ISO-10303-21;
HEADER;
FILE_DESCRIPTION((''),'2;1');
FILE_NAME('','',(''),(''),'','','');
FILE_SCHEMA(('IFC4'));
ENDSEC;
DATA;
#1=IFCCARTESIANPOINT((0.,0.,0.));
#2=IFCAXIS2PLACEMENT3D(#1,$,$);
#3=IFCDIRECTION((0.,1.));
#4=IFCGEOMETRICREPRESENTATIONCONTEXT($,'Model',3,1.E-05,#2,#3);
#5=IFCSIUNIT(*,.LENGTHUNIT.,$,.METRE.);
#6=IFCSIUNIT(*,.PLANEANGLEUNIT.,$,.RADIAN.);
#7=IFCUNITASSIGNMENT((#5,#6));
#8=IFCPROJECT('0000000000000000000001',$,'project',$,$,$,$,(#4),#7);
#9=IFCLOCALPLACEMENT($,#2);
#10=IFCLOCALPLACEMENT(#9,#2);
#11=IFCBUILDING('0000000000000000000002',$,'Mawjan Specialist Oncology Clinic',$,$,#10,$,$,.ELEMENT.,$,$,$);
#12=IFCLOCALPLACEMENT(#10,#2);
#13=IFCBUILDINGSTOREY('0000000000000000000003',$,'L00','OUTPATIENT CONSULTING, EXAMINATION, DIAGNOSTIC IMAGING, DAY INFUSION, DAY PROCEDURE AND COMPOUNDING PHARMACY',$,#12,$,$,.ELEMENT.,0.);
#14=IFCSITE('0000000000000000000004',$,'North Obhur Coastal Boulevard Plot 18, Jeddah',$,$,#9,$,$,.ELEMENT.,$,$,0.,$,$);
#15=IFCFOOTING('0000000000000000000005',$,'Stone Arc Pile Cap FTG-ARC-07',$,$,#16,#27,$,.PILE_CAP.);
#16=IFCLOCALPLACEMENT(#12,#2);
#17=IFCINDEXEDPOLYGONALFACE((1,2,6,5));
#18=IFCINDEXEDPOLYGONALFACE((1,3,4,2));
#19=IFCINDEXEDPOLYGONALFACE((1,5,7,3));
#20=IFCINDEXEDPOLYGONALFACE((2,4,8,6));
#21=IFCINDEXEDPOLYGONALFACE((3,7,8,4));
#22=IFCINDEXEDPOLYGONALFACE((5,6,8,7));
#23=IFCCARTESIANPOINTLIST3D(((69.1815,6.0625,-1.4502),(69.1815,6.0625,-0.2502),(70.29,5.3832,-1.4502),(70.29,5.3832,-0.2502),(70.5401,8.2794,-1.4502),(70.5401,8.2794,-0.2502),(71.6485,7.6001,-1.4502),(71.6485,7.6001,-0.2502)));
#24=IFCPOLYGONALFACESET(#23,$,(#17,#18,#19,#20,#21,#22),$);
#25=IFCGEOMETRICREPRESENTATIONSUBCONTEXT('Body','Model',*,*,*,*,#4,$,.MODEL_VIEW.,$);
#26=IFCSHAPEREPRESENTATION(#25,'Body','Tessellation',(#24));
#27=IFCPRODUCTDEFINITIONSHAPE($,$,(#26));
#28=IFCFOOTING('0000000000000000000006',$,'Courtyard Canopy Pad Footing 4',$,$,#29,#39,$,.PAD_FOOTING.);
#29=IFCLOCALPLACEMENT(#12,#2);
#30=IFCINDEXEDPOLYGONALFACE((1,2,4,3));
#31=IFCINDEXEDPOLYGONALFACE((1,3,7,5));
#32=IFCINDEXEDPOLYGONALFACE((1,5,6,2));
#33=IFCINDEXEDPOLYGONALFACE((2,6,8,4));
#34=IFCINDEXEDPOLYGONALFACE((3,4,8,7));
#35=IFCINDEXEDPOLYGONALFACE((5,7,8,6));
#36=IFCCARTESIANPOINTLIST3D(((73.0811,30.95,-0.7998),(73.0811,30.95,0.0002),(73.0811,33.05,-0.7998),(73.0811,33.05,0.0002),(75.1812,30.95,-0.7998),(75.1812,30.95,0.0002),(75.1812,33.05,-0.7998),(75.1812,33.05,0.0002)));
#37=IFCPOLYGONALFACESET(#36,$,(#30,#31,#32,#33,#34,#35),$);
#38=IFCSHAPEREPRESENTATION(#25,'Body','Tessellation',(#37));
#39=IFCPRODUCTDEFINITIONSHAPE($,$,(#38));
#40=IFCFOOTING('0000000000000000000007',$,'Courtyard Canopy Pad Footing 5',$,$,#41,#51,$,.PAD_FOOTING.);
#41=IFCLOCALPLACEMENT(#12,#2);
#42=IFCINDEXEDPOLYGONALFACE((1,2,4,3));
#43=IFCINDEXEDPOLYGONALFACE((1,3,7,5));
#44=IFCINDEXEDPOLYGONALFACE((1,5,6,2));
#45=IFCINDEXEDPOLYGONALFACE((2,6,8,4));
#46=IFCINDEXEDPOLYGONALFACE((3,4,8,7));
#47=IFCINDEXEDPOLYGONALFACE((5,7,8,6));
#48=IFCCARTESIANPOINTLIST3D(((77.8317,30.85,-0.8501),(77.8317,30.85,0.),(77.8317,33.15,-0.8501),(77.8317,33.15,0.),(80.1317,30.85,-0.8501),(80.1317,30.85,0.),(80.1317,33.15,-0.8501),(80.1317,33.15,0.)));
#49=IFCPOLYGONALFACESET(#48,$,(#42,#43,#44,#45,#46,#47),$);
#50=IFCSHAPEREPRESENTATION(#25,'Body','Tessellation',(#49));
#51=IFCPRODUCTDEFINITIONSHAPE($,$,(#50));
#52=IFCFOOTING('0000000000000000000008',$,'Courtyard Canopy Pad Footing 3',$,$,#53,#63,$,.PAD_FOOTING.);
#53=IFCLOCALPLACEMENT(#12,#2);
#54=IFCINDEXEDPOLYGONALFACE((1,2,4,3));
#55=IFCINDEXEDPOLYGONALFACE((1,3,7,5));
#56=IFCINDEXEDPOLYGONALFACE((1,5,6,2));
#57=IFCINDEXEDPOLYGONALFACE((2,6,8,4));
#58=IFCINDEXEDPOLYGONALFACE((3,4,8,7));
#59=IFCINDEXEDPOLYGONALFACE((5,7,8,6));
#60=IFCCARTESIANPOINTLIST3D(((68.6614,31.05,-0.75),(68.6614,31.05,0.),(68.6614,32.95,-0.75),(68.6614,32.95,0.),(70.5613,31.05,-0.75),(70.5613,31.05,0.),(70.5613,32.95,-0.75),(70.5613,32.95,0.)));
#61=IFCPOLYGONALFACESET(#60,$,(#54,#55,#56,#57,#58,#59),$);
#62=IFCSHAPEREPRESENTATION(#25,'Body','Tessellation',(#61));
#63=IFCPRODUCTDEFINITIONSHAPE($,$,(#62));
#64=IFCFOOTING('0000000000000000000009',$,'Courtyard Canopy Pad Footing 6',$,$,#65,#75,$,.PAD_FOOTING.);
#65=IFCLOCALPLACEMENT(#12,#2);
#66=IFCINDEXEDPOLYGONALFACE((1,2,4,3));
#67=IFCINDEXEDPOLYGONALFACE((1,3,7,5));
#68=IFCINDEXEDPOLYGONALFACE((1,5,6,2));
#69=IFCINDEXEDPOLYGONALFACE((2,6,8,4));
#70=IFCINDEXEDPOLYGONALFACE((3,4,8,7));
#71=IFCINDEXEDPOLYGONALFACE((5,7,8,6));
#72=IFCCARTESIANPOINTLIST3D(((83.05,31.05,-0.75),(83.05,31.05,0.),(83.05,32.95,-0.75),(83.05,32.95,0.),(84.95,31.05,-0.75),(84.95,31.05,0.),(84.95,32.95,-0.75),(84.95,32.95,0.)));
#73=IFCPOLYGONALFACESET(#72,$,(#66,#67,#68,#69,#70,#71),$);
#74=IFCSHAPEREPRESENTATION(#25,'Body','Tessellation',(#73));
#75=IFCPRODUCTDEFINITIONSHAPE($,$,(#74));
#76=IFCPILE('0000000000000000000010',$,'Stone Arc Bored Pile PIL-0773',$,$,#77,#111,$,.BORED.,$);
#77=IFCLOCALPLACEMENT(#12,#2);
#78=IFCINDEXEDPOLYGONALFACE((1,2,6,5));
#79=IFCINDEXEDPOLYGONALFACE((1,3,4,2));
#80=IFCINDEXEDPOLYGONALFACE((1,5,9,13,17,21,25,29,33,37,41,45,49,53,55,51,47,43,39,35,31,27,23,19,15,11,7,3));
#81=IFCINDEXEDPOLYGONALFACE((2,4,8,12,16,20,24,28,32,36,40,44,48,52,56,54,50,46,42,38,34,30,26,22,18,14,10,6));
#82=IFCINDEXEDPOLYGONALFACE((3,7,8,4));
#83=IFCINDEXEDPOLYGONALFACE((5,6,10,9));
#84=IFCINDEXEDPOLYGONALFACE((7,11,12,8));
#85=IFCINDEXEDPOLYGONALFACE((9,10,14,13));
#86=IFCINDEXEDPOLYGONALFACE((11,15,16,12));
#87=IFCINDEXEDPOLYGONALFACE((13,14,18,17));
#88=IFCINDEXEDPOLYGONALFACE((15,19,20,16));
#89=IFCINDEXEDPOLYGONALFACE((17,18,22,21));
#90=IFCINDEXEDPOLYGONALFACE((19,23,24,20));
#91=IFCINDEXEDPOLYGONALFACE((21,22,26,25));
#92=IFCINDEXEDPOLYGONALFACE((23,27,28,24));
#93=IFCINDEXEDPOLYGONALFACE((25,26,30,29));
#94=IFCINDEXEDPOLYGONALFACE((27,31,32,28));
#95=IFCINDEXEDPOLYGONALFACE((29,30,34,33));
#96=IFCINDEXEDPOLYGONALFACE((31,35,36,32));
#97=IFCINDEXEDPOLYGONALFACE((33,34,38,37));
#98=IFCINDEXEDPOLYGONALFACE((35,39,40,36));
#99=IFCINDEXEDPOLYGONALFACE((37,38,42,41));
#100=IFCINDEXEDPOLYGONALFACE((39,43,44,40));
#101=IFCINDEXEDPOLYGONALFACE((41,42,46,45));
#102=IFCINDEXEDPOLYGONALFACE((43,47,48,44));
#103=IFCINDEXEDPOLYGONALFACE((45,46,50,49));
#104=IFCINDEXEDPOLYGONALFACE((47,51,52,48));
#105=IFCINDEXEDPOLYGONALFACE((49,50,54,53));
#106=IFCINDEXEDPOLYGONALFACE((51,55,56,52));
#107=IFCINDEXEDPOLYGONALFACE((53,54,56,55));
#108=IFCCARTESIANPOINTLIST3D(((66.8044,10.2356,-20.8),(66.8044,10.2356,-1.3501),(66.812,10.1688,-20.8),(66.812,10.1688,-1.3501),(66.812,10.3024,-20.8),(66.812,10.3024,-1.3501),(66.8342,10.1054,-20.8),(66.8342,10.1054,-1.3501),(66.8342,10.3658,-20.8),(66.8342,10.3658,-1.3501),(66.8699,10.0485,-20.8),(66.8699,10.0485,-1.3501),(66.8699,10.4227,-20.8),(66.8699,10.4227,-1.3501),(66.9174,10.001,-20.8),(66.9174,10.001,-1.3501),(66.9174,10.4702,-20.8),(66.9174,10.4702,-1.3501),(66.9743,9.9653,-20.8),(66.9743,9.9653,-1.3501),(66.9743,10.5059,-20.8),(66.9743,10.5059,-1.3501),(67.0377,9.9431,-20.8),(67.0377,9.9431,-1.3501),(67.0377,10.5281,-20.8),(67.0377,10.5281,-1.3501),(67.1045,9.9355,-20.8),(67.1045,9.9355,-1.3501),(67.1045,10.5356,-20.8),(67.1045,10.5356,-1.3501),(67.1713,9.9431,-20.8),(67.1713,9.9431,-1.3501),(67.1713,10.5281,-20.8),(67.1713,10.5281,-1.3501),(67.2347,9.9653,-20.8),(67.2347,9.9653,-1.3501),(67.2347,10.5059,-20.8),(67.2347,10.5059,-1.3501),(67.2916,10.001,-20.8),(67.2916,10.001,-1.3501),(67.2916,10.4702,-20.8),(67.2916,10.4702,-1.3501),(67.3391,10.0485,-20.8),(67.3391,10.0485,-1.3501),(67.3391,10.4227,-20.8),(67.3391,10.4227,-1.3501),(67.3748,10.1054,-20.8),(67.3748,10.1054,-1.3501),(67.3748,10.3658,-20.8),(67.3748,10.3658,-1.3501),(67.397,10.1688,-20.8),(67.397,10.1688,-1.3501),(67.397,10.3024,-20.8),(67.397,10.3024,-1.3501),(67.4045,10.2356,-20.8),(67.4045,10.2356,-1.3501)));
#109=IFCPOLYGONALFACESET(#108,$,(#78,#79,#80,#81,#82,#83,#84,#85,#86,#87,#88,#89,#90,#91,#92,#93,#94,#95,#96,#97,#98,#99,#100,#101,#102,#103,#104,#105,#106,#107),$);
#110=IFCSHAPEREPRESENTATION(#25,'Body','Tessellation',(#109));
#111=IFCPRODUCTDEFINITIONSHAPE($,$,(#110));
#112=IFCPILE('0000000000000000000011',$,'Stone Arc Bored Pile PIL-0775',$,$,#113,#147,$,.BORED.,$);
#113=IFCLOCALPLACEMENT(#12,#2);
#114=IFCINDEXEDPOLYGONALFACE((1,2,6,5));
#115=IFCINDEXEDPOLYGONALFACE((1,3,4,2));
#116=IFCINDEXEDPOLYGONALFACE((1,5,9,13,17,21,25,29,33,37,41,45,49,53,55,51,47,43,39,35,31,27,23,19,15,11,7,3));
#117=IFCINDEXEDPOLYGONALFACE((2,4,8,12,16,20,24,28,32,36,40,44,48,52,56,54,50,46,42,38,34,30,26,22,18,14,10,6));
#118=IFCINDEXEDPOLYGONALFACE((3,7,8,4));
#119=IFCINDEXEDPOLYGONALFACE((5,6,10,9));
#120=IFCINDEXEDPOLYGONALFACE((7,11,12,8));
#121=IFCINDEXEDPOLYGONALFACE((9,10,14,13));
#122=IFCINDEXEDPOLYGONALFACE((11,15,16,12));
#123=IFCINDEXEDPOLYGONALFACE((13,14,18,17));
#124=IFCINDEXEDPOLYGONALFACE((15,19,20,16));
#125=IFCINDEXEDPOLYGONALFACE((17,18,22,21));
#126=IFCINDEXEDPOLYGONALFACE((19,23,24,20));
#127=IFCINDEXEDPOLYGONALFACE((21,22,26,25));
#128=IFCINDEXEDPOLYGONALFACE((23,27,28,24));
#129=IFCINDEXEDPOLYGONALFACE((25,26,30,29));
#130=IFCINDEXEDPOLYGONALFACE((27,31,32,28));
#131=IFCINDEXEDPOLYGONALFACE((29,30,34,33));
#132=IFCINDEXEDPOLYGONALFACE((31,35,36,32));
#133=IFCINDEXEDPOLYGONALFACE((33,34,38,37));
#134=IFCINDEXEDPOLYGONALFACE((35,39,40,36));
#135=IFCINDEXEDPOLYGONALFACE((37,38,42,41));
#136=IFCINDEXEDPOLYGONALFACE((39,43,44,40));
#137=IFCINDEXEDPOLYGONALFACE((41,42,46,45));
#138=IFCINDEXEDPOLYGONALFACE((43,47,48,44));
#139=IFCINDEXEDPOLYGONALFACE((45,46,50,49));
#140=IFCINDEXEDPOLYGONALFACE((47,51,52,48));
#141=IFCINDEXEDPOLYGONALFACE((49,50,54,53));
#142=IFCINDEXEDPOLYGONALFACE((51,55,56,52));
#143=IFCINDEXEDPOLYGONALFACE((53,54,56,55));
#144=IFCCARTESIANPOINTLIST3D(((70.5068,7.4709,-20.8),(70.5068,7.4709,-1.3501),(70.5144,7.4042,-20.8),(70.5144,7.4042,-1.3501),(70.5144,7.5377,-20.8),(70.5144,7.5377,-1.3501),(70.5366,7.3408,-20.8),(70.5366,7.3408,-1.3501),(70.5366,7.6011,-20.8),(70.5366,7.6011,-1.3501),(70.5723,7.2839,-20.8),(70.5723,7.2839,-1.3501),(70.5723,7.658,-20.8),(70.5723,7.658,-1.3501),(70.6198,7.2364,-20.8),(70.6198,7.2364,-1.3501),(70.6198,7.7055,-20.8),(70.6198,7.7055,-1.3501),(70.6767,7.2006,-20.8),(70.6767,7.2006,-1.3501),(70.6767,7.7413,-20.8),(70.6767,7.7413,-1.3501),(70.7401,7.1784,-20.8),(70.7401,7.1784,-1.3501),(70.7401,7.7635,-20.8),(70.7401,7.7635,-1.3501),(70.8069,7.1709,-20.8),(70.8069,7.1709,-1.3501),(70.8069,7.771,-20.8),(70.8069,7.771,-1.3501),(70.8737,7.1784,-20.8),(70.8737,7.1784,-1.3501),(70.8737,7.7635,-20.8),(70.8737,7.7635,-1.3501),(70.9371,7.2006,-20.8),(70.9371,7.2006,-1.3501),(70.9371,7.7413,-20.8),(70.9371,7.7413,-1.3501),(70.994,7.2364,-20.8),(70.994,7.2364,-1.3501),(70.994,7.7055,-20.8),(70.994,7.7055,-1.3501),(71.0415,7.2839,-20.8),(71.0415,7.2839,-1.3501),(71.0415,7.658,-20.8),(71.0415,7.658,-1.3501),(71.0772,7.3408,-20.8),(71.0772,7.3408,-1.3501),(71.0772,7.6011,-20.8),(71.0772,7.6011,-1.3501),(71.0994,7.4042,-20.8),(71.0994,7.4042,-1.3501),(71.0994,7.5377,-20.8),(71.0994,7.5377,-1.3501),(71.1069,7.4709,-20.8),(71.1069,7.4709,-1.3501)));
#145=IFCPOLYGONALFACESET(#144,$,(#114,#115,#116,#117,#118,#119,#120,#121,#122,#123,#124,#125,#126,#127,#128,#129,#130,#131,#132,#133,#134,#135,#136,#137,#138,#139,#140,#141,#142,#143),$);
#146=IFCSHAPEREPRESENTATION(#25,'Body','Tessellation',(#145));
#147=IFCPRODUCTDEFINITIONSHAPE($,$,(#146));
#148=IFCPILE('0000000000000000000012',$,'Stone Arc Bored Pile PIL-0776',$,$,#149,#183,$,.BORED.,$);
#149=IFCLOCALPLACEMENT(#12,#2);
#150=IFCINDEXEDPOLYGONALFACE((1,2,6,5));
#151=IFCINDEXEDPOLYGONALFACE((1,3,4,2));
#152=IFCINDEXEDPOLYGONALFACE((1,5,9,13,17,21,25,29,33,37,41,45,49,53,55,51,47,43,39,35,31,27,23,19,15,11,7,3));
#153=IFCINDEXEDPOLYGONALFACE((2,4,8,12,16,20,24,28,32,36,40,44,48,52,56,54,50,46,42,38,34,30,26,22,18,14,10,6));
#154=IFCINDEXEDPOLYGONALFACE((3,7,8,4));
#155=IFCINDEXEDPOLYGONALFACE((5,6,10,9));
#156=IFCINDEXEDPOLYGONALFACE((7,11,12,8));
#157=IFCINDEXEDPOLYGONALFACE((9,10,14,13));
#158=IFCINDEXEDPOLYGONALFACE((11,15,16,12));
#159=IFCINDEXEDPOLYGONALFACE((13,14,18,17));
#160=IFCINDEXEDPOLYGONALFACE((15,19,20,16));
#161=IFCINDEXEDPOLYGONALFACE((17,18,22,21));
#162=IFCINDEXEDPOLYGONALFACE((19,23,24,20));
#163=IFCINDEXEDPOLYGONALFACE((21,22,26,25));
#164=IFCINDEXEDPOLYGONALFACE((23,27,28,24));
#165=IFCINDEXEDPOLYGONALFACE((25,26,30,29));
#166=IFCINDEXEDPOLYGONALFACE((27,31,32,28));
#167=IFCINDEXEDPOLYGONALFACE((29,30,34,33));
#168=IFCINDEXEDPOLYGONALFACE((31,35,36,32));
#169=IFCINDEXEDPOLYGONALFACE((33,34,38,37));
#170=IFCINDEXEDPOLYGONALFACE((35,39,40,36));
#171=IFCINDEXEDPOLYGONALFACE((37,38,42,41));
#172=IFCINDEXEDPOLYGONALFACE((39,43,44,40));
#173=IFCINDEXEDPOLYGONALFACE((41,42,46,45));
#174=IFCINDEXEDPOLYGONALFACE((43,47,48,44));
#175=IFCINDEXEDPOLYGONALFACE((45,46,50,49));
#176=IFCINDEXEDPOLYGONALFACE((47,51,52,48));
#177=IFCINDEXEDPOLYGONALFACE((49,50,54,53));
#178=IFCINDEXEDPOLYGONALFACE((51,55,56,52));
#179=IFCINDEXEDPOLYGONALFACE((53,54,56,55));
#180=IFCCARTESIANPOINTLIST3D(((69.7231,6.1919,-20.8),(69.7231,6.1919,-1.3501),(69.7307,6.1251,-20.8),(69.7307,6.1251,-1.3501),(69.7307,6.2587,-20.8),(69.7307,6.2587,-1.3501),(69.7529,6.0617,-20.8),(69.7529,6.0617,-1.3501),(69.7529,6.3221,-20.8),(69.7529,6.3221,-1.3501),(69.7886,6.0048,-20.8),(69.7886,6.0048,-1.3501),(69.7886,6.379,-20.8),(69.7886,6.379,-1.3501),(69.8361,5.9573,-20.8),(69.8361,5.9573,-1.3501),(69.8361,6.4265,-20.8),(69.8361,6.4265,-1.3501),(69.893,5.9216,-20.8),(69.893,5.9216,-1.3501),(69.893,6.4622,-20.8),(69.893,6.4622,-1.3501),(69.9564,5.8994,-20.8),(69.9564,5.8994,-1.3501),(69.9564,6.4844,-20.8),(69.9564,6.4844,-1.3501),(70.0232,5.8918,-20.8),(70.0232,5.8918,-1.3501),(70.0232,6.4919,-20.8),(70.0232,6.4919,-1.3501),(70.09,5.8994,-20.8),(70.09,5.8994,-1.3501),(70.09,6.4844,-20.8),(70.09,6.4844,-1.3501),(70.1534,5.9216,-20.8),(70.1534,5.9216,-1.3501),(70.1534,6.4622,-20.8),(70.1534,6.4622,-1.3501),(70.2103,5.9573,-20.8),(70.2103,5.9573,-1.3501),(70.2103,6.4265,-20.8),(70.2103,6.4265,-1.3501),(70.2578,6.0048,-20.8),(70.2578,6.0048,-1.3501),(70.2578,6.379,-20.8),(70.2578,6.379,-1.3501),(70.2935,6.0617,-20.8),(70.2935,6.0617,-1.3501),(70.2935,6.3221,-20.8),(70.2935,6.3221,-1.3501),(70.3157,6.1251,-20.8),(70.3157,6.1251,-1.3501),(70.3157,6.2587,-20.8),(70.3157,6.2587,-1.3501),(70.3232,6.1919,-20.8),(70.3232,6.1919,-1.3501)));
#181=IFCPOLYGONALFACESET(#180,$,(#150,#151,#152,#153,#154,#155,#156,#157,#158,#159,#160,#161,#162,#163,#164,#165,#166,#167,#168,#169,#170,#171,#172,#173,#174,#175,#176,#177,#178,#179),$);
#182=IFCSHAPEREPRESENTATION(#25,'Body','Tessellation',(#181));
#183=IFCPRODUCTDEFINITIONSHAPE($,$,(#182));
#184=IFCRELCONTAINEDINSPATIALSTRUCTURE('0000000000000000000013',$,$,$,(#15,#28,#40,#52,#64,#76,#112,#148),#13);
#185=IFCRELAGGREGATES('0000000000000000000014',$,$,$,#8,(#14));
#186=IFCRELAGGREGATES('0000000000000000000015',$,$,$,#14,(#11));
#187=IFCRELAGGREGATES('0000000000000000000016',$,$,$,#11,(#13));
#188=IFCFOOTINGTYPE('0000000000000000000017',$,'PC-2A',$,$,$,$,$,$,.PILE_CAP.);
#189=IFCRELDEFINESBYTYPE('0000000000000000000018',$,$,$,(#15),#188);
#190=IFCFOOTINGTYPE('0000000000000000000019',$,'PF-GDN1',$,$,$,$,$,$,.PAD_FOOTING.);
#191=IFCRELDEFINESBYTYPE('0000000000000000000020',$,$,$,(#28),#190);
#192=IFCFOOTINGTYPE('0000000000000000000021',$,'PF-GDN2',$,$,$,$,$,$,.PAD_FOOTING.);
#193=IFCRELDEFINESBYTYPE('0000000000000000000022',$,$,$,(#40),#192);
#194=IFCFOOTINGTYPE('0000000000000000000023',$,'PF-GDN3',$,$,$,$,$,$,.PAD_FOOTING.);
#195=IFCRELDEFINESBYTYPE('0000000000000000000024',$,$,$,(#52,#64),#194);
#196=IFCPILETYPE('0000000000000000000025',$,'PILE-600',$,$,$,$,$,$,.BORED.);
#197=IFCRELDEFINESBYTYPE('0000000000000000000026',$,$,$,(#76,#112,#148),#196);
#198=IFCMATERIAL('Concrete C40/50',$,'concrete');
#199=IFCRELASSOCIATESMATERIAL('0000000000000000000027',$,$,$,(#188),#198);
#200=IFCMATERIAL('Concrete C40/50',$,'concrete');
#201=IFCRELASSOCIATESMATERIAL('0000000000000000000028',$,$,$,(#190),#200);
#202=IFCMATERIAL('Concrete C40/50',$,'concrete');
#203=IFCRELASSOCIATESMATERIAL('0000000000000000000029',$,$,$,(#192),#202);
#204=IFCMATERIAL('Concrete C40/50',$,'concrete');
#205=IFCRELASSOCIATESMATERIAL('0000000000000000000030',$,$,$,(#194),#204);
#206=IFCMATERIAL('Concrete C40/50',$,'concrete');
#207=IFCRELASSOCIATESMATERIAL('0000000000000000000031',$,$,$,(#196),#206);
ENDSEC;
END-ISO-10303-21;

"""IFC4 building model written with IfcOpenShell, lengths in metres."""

from ifc_helpers import new_model, si_unit, direction, frame, origin, origin_2d, place, context, subcontext, project, spatial, rectangle, circle, extrude, material, material_profile, profile_set, type_object, element, save


model = new_model("IFC4")

# Units and contexts
model_context = context("Model", 3, precision=1e-05, world=origin(), true_north=direction((0.0, 1.0)))
body_context = subcontext(model_context, "Body", "Model", "MODEL_VIEW")
ifc_project = project(units=[si_unit("LENGTHUNIT", "METRE"), si_unit("PLANEANGLEUNIT", "RADIAN")], contexts=[model_context])

# Site, building, storey
site_placement = place(None, origin())
site = spatial("IfcSite", under=ifc_project, at=site_placement, Name="North Obhur Coastal Boulevard Plot 18, Jeddah", CompositionType="ELEMENT", RefElevation=0.0)
building_placement = place(site_placement, origin())
building = spatial("IfcBuilding", under=site, at=building_placement, Name="Mawjan Specialist Oncology Clinic", CompositionType="ELEMENT")
storey_placement = place(building_placement, origin())
storey = spatial("IfcBuildingStorey", under=building, at=storey_placement, Name="L00", Description="OUTPATIENT CONSULTING, EXAMINATION, DIAGNOSTIC IMAGING, DAY INFUSION, DAY PROCEDURE AND COMPOUNDING PHARMACY", CompositionType="ELEMENT", Elevation=0.0)

# Footings
ifc_material_1 = material(Name="Concrete C40/50", Category="concrete")
footing_type_1 = type_object("IfcFootingType", Name="PC-2A", PredefinedType="PILE_CAP", material=ifc_material_1)
footing_1_placement = place(storey_placement, frame((70.415, 6.8313, -1.4502), z_axis=(0.0, 0.0, 1.0), x_axis=(-0.522499, -0.85264, 0.0)))
element("IfcFooting", 1, at=footing_1_placement, inside=storey, type_object=footing_type_1, Name="Stone Arc Pile Cap FTG-ARC-07", PredefinedType="PILE_CAP", context=body_context, shape_type="SweptSolid", body=[
    extrude(rectangle(XDim=2.6001, YDim=1.3, at=origin_2d()), origin(), (0.0, 0.0, 1.0), 1.2),
])
ifc_material_2 = material(Name="Concrete C40/50", Category="concrete")
footing_type_2 = type_object("IfcFootingType", Name="PF-GDN1", PredefinedType="PAD_FOOTING", material=ifc_material_2)
footing_2_placement = place(storey_placement, frame((74.1311, 32.0, -0.7998), z_axis=(0.0, 0.0, 1.0), x_axis=(1.0, 0.0, 0.0)))
element("IfcFooting", 2, at=footing_2_placement, inside=storey, type_object=footing_type_2, Name="Courtyard Canopy Pad Footing 4", PredefinedType="PAD_FOOTING", context=body_context, shape_type="SweptSolid", body=[
    extrude(rectangle(XDim=2.1001, YDim=2.1001, at=origin_2d()), origin(), (0.0, 0.0, 1.0), 0.8),
])
ifc_material_3 = material(Name="Concrete C40/50", Category="concrete")
footing_type_3 = type_object("IfcFootingType", Name="PF-GDN2", PredefinedType="PAD_FOOTING", material=ifc_material_3)
footing_3_placement = place(storey_placement, frame((78.9817, 32.0, -0.8501), z_axis=(0.0, 0.0, 1.0), x_axis=(1.0, 0.0, 0.0)))
element("IfcFooting", 3, at=footing_3_placement, inside=storey, type_object=footing_type_3, Name="Courtyard Canopy Pad Footing 5", PredefinedType="PAD_FOOTING", context=body_context, shape_type="SweptSolid", body=[
    extrude(rectangle(XDim=2.3, YDim=2.3, at=origin_2d()), origin(), (0.0, 0.0, 1.0), 0.8501),
])
ifc_material_4 = material(Name="Concrete C40/50", Category="concrete")
footing_type_4 = type_object("IfcFootingType", Name="PF-GDN3", PredefinedType="PAD_FOOTING", material=ifc_material_4)
for number, where, z_axis, x_axis, name in (
    (4, (69.6113, 32.0, -0.75), (0.0, 0.0, 1.0), (1.0, 0.0, 0.0), "Courtyard Canopy Pad Footing 3"),
    (5, (84.0, 32.0, -0.75), (0.0, 0.0, 1.0), (1.0, 0.0, 0.0), "Courtyard Canopy Pad Footing 6"),
):
    element("IfcFooting", number, at=place(storey_placement, frame(where, z_axis=z_axis, x_axis=x_axis)), inside=storey, type_object=footing_type_4, Name=name, PredefinedType="PAD_FOOTING", context=body_context, shape_type="SweptSolid", body=[
        extrude(rectangle(XDim=1.8999, YDim=1.8999, at=origin_2d()), origin(), (0.0, 0.0, 1.0), 0.75),
    ])

# Piles
ifc_material_5 = material(Name="Concrete C40/50", Category="concrete")
ifc_material_profile_1 = material_profile(ifc_material_5, circle(Radius=0.3, at=origin_2d()), Name="BORED PILE D600", Category="concrete")
ifc_profile_set_1 = profile_set([ifc_material_profile_1], Name="Concrete C40/50")
pile_type = type_object("IfcPileType", Name="PILE-600", PredefinedType="BORED", material=ifc_profile_set_1)
for number, where, z_axis, x_axis, name in (
    (6, (67.1045, 10.2356, -1.3501), (0.0, 0.0, -1.0), (1.0, 0.0, 0.0), "Stone Arc Bored Pile PIL-0773"),
    (7, (70.8069, 7.4709, -1.3501), (0.0, 0.0, -1.0), (1.0, 0.0, 0.0), "Stone Arc Bored Pile PIL-0775"),
    (8, (70.0232, 6.1919, -1.3501), (0.0, 0.0, -1.0), (1.0, 0.0, 0.0), "Stone Arc Bored Pile PIL-0776"),
):
    element("IfcPile", number, at=place(storey_placement, frame(where, z_axis=z_axis, x_axis=x_axis)), inside=storey, type_object=pile_type, Name=name, PredefinedType="BORED", context=body_context, shape_type="SweptSolid", body=[
        extrude(circle(Radius=0.3, at=origin_2d()), origin(), (0.0, 0.0, 1.0), 19.45),
    ])

save(model, "model.ifc")
